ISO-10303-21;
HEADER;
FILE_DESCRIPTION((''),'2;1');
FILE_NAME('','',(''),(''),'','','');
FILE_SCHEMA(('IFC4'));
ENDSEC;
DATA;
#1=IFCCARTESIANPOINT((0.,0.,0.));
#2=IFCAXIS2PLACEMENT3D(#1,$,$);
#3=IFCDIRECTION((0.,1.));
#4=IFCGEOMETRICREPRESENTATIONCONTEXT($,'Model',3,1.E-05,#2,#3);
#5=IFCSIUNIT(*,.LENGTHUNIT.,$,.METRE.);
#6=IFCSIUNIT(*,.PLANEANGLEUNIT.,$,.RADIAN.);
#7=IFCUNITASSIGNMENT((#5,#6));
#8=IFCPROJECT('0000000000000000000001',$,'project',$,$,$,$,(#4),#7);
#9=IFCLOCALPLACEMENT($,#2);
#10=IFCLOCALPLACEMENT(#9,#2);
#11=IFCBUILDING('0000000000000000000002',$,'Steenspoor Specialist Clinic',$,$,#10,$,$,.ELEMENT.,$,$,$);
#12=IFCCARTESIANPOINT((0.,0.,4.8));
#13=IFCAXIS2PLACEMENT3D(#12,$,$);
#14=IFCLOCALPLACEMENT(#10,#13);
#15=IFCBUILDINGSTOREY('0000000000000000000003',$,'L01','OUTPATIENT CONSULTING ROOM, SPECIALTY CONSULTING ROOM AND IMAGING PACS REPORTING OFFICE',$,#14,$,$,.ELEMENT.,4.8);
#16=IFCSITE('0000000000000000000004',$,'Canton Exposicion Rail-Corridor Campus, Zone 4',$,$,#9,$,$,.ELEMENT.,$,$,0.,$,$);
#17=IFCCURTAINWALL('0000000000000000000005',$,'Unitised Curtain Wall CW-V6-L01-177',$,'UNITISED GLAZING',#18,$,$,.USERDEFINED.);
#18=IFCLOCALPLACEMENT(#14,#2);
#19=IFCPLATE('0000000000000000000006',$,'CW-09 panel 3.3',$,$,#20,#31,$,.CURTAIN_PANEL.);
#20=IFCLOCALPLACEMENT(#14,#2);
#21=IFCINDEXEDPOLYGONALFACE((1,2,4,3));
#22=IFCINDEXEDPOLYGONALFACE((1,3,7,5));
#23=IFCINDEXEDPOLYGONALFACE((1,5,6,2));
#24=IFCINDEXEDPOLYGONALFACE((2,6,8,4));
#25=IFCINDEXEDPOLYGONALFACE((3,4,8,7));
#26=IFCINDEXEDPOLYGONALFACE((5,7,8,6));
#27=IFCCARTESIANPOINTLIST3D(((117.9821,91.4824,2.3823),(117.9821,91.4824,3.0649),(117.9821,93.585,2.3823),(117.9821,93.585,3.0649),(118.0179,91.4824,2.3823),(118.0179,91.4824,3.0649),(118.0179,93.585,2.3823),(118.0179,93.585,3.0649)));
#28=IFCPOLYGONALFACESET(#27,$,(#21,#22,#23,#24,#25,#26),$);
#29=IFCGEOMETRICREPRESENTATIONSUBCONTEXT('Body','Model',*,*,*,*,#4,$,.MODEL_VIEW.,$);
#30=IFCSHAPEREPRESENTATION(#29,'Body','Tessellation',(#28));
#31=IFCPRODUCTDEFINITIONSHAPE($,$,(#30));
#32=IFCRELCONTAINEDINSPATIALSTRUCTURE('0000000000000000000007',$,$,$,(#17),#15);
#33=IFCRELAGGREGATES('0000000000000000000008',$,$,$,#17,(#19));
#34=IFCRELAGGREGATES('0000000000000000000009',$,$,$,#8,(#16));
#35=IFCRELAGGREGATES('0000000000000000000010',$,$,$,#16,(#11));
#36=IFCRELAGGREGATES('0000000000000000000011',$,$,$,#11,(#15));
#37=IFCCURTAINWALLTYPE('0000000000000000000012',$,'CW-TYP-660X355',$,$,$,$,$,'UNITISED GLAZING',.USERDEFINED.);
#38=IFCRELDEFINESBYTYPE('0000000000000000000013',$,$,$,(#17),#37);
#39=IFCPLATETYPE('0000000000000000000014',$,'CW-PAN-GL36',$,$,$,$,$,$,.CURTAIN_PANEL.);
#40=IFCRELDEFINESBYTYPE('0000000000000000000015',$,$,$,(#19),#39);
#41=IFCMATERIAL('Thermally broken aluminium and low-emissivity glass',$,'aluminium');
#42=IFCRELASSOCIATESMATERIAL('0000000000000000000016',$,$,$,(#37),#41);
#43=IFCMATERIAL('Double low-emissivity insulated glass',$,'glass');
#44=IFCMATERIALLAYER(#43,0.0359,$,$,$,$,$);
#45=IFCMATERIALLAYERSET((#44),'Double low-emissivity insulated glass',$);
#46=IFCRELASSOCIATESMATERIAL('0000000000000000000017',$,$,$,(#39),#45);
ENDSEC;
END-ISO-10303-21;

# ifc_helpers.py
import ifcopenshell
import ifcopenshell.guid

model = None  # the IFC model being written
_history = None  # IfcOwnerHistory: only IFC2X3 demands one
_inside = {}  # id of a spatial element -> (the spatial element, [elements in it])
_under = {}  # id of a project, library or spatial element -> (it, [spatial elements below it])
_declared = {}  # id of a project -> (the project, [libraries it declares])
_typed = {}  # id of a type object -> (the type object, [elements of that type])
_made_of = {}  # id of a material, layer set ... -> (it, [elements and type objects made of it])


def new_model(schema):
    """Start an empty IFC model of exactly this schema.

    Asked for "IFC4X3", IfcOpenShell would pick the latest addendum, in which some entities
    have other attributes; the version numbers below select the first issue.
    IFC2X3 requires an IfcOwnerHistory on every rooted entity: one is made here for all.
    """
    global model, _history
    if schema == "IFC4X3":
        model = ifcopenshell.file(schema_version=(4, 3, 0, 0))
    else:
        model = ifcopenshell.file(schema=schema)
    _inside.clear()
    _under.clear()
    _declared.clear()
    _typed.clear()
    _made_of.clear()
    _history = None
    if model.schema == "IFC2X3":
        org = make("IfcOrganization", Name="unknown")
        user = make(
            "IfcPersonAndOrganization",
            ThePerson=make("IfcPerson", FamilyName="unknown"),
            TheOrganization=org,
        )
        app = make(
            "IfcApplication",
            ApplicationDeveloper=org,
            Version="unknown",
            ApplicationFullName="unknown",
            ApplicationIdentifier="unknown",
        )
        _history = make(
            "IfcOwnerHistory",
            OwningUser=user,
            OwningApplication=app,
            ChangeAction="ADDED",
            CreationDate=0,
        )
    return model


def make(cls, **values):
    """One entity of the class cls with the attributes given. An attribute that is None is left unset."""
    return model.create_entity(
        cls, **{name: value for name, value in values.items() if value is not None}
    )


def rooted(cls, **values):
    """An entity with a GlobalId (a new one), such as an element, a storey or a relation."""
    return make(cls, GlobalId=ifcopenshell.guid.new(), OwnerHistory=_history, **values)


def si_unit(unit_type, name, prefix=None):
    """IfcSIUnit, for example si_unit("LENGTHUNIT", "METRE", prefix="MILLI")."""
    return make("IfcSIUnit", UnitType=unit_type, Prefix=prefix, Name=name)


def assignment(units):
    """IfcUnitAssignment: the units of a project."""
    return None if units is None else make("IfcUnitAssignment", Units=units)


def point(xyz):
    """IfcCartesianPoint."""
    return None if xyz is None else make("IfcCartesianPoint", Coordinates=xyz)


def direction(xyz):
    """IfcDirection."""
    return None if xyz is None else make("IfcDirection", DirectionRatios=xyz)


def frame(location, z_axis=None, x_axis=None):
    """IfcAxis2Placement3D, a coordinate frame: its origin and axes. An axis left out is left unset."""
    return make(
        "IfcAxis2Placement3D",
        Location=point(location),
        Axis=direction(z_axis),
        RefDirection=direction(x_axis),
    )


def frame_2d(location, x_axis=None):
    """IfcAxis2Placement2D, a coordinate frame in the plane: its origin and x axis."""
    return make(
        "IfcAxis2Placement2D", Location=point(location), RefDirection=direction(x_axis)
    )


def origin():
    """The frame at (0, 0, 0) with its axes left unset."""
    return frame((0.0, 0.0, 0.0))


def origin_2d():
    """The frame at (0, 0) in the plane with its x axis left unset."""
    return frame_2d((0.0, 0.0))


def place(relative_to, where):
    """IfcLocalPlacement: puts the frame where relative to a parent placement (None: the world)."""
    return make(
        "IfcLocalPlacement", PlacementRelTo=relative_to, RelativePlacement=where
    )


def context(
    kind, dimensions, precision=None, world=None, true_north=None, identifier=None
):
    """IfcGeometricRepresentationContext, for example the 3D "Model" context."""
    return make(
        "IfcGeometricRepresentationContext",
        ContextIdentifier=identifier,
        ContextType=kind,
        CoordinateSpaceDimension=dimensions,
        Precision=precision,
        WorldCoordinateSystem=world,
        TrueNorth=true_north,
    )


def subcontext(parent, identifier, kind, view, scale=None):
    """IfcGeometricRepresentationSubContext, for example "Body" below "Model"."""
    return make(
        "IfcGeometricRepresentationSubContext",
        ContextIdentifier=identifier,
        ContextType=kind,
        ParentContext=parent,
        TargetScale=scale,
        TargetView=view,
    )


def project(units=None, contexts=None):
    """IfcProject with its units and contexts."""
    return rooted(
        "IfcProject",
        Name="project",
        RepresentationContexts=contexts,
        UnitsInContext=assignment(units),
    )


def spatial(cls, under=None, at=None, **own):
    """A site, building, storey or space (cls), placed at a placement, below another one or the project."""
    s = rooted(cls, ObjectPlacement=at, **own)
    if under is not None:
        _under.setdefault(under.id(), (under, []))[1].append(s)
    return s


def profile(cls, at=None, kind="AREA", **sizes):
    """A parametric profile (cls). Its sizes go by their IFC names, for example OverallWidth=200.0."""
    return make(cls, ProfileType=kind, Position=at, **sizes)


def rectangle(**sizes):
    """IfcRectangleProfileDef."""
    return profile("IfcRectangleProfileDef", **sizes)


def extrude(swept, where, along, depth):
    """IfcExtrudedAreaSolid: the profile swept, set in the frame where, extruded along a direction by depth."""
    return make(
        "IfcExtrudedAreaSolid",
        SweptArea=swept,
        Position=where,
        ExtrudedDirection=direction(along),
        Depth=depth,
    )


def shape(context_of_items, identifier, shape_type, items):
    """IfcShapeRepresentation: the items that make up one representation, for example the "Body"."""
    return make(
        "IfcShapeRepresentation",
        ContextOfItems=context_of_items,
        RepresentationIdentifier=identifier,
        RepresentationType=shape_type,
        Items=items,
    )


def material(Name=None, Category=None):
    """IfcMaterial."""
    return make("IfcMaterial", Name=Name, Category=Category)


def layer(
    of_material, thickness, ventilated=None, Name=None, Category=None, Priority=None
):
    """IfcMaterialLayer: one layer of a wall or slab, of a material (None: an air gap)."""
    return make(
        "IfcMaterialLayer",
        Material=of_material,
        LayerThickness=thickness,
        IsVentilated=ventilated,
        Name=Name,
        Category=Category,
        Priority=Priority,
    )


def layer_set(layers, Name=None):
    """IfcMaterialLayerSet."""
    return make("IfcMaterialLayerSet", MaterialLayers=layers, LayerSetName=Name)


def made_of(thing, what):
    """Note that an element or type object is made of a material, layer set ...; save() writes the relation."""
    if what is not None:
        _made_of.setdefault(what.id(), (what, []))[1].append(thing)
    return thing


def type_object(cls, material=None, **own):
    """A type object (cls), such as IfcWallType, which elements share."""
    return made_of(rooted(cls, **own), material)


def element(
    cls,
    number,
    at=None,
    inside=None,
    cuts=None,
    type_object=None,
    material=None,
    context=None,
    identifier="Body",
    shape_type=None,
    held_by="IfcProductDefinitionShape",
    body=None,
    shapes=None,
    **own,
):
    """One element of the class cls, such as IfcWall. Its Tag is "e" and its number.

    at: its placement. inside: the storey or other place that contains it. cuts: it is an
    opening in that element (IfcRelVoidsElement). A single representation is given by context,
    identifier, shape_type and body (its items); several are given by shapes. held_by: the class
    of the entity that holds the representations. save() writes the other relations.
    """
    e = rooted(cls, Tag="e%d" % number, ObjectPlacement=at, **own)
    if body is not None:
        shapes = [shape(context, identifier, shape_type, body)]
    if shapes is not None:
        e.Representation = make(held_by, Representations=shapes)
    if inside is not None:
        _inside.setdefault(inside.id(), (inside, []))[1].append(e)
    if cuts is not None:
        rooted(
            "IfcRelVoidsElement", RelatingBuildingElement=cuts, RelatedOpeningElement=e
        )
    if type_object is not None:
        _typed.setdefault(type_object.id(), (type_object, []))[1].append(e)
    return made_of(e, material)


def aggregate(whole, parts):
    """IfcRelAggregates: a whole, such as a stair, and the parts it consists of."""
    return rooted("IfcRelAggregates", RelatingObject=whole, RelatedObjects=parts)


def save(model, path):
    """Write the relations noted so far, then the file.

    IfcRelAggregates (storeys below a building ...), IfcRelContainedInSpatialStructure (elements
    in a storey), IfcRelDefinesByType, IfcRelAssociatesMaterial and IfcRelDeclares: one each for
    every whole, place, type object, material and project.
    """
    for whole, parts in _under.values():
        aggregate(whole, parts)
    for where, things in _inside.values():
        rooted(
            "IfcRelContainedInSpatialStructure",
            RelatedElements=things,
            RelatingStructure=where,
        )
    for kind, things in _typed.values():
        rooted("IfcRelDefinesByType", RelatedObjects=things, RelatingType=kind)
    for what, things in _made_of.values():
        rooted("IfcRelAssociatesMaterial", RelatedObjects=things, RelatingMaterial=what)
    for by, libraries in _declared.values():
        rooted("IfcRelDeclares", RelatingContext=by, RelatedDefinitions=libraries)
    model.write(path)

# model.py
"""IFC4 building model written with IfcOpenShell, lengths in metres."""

from ifc_helpers import new_model, si_unit, direction, frame, origin, origin_2d, place, context, subcontext, project, spatial, rectangle, extrude, material, layer, layer_set, type_object, element, aggregate, save


model = new_model("IFC4")

# Units and contexts
model_context = context("Model", 3, precision=1e-05, world=origin(), true_north=direction((0.0, 1.0)))
body_context = subcontext(model_context, "Body", "Model", "MODEL_VIEW")
ifc_project = project(units=[si_unit("LENGTHUNIT", "METRE"), si_unit("PLANEANGLEUNIT", "RADIAN")], contexts=[model_context])

# Site, building, storey
site_placement = place(None, origin())
site = spatial("IfcSite", under=ifc_project, at=site_placement, Name="Canton Exposicion Rail-Corridor Campus, Zone 4", CompositionType="ELEMENT", RefElevation=0.0)
building_placement = place(site_placement, origin())
building = spatial("IfcBuilding", under=site, at=building_placement, Name="Steenspoor Specialist Clinic", CompositionType="ELEMENT")
storey_placement = place(building_placement, frame((0.0, 0.0, 4.8)))
storey = spatial("IfcBuildingStorey", under=building, at=storey_placement, Name="L01", Description="OUTPATIENT CONSULTING ROOM, SPECIALTY CONSULTING ROOM AND IMAGING PACS REPORTING OFFICE", CompositionType="ELEMENT", Elevation=4.8)

# Curtain wall
ifc_material_1 = material(Name="Thermally broken aluminium and low-emissivity glass", Category="aluminium")
curtain_wall_type = type_object("IfcCurtainWallType", Name="CW-TYP-660X355", ElementType="UNITISED GLAZING", PredefinedType="USERDEFINED", material=ifc_material_1)
curtain_wall_placement = place(storey_placement, origin())
curtain_wall = element("IfcCurtainWall", 1, at=curtain_wall_placement, inside=storey, type_object=curtain_wall_type, Name="Unitised Curtain Wall CW-V6-L01-177", ObjectType="UNITISED GLAZING", PredefinedType="USERDEFINED")

# Plate
ifc_material_2 = material(Name="Double low-emissivity insulated glass", Category="glass")
ifc_layer = layer(ifc_material_2, 0.0359)
ifc_layer_set = layer_set([ifc_layer], Name="Double low-emissivity insulated glass")
plate_type = type_object("IfcPlateType", Name="CW-PAN-GL36", PredefinedType="CURTAIN_PANEL", material=ifc_layer_set)
plate_1_placement = place(storey_placement, frame((118.0, 92.5337, 2.3823), z_axis=(0.0, 0.0, 1.0), x_axis=(0.0, 1.0, 0.0)))
plate_1 = element("IfcPlate", 2, at=plate_1_placement, type_object=plate_type, Name="CW-09 panel 3.3", PredefinedType="CURTAIN_PANEL", context=body_context, shape_type="SweptSolid", body=[
    extrude(rectangle(XDim=2.1025, YDim=0.0359, at=origin_2d()), origin(), (0.0, 0.0, 1.0), 0.6826),
])
aggregate(curtain_wall, [plate_1])

save(model, "model.ifc")
